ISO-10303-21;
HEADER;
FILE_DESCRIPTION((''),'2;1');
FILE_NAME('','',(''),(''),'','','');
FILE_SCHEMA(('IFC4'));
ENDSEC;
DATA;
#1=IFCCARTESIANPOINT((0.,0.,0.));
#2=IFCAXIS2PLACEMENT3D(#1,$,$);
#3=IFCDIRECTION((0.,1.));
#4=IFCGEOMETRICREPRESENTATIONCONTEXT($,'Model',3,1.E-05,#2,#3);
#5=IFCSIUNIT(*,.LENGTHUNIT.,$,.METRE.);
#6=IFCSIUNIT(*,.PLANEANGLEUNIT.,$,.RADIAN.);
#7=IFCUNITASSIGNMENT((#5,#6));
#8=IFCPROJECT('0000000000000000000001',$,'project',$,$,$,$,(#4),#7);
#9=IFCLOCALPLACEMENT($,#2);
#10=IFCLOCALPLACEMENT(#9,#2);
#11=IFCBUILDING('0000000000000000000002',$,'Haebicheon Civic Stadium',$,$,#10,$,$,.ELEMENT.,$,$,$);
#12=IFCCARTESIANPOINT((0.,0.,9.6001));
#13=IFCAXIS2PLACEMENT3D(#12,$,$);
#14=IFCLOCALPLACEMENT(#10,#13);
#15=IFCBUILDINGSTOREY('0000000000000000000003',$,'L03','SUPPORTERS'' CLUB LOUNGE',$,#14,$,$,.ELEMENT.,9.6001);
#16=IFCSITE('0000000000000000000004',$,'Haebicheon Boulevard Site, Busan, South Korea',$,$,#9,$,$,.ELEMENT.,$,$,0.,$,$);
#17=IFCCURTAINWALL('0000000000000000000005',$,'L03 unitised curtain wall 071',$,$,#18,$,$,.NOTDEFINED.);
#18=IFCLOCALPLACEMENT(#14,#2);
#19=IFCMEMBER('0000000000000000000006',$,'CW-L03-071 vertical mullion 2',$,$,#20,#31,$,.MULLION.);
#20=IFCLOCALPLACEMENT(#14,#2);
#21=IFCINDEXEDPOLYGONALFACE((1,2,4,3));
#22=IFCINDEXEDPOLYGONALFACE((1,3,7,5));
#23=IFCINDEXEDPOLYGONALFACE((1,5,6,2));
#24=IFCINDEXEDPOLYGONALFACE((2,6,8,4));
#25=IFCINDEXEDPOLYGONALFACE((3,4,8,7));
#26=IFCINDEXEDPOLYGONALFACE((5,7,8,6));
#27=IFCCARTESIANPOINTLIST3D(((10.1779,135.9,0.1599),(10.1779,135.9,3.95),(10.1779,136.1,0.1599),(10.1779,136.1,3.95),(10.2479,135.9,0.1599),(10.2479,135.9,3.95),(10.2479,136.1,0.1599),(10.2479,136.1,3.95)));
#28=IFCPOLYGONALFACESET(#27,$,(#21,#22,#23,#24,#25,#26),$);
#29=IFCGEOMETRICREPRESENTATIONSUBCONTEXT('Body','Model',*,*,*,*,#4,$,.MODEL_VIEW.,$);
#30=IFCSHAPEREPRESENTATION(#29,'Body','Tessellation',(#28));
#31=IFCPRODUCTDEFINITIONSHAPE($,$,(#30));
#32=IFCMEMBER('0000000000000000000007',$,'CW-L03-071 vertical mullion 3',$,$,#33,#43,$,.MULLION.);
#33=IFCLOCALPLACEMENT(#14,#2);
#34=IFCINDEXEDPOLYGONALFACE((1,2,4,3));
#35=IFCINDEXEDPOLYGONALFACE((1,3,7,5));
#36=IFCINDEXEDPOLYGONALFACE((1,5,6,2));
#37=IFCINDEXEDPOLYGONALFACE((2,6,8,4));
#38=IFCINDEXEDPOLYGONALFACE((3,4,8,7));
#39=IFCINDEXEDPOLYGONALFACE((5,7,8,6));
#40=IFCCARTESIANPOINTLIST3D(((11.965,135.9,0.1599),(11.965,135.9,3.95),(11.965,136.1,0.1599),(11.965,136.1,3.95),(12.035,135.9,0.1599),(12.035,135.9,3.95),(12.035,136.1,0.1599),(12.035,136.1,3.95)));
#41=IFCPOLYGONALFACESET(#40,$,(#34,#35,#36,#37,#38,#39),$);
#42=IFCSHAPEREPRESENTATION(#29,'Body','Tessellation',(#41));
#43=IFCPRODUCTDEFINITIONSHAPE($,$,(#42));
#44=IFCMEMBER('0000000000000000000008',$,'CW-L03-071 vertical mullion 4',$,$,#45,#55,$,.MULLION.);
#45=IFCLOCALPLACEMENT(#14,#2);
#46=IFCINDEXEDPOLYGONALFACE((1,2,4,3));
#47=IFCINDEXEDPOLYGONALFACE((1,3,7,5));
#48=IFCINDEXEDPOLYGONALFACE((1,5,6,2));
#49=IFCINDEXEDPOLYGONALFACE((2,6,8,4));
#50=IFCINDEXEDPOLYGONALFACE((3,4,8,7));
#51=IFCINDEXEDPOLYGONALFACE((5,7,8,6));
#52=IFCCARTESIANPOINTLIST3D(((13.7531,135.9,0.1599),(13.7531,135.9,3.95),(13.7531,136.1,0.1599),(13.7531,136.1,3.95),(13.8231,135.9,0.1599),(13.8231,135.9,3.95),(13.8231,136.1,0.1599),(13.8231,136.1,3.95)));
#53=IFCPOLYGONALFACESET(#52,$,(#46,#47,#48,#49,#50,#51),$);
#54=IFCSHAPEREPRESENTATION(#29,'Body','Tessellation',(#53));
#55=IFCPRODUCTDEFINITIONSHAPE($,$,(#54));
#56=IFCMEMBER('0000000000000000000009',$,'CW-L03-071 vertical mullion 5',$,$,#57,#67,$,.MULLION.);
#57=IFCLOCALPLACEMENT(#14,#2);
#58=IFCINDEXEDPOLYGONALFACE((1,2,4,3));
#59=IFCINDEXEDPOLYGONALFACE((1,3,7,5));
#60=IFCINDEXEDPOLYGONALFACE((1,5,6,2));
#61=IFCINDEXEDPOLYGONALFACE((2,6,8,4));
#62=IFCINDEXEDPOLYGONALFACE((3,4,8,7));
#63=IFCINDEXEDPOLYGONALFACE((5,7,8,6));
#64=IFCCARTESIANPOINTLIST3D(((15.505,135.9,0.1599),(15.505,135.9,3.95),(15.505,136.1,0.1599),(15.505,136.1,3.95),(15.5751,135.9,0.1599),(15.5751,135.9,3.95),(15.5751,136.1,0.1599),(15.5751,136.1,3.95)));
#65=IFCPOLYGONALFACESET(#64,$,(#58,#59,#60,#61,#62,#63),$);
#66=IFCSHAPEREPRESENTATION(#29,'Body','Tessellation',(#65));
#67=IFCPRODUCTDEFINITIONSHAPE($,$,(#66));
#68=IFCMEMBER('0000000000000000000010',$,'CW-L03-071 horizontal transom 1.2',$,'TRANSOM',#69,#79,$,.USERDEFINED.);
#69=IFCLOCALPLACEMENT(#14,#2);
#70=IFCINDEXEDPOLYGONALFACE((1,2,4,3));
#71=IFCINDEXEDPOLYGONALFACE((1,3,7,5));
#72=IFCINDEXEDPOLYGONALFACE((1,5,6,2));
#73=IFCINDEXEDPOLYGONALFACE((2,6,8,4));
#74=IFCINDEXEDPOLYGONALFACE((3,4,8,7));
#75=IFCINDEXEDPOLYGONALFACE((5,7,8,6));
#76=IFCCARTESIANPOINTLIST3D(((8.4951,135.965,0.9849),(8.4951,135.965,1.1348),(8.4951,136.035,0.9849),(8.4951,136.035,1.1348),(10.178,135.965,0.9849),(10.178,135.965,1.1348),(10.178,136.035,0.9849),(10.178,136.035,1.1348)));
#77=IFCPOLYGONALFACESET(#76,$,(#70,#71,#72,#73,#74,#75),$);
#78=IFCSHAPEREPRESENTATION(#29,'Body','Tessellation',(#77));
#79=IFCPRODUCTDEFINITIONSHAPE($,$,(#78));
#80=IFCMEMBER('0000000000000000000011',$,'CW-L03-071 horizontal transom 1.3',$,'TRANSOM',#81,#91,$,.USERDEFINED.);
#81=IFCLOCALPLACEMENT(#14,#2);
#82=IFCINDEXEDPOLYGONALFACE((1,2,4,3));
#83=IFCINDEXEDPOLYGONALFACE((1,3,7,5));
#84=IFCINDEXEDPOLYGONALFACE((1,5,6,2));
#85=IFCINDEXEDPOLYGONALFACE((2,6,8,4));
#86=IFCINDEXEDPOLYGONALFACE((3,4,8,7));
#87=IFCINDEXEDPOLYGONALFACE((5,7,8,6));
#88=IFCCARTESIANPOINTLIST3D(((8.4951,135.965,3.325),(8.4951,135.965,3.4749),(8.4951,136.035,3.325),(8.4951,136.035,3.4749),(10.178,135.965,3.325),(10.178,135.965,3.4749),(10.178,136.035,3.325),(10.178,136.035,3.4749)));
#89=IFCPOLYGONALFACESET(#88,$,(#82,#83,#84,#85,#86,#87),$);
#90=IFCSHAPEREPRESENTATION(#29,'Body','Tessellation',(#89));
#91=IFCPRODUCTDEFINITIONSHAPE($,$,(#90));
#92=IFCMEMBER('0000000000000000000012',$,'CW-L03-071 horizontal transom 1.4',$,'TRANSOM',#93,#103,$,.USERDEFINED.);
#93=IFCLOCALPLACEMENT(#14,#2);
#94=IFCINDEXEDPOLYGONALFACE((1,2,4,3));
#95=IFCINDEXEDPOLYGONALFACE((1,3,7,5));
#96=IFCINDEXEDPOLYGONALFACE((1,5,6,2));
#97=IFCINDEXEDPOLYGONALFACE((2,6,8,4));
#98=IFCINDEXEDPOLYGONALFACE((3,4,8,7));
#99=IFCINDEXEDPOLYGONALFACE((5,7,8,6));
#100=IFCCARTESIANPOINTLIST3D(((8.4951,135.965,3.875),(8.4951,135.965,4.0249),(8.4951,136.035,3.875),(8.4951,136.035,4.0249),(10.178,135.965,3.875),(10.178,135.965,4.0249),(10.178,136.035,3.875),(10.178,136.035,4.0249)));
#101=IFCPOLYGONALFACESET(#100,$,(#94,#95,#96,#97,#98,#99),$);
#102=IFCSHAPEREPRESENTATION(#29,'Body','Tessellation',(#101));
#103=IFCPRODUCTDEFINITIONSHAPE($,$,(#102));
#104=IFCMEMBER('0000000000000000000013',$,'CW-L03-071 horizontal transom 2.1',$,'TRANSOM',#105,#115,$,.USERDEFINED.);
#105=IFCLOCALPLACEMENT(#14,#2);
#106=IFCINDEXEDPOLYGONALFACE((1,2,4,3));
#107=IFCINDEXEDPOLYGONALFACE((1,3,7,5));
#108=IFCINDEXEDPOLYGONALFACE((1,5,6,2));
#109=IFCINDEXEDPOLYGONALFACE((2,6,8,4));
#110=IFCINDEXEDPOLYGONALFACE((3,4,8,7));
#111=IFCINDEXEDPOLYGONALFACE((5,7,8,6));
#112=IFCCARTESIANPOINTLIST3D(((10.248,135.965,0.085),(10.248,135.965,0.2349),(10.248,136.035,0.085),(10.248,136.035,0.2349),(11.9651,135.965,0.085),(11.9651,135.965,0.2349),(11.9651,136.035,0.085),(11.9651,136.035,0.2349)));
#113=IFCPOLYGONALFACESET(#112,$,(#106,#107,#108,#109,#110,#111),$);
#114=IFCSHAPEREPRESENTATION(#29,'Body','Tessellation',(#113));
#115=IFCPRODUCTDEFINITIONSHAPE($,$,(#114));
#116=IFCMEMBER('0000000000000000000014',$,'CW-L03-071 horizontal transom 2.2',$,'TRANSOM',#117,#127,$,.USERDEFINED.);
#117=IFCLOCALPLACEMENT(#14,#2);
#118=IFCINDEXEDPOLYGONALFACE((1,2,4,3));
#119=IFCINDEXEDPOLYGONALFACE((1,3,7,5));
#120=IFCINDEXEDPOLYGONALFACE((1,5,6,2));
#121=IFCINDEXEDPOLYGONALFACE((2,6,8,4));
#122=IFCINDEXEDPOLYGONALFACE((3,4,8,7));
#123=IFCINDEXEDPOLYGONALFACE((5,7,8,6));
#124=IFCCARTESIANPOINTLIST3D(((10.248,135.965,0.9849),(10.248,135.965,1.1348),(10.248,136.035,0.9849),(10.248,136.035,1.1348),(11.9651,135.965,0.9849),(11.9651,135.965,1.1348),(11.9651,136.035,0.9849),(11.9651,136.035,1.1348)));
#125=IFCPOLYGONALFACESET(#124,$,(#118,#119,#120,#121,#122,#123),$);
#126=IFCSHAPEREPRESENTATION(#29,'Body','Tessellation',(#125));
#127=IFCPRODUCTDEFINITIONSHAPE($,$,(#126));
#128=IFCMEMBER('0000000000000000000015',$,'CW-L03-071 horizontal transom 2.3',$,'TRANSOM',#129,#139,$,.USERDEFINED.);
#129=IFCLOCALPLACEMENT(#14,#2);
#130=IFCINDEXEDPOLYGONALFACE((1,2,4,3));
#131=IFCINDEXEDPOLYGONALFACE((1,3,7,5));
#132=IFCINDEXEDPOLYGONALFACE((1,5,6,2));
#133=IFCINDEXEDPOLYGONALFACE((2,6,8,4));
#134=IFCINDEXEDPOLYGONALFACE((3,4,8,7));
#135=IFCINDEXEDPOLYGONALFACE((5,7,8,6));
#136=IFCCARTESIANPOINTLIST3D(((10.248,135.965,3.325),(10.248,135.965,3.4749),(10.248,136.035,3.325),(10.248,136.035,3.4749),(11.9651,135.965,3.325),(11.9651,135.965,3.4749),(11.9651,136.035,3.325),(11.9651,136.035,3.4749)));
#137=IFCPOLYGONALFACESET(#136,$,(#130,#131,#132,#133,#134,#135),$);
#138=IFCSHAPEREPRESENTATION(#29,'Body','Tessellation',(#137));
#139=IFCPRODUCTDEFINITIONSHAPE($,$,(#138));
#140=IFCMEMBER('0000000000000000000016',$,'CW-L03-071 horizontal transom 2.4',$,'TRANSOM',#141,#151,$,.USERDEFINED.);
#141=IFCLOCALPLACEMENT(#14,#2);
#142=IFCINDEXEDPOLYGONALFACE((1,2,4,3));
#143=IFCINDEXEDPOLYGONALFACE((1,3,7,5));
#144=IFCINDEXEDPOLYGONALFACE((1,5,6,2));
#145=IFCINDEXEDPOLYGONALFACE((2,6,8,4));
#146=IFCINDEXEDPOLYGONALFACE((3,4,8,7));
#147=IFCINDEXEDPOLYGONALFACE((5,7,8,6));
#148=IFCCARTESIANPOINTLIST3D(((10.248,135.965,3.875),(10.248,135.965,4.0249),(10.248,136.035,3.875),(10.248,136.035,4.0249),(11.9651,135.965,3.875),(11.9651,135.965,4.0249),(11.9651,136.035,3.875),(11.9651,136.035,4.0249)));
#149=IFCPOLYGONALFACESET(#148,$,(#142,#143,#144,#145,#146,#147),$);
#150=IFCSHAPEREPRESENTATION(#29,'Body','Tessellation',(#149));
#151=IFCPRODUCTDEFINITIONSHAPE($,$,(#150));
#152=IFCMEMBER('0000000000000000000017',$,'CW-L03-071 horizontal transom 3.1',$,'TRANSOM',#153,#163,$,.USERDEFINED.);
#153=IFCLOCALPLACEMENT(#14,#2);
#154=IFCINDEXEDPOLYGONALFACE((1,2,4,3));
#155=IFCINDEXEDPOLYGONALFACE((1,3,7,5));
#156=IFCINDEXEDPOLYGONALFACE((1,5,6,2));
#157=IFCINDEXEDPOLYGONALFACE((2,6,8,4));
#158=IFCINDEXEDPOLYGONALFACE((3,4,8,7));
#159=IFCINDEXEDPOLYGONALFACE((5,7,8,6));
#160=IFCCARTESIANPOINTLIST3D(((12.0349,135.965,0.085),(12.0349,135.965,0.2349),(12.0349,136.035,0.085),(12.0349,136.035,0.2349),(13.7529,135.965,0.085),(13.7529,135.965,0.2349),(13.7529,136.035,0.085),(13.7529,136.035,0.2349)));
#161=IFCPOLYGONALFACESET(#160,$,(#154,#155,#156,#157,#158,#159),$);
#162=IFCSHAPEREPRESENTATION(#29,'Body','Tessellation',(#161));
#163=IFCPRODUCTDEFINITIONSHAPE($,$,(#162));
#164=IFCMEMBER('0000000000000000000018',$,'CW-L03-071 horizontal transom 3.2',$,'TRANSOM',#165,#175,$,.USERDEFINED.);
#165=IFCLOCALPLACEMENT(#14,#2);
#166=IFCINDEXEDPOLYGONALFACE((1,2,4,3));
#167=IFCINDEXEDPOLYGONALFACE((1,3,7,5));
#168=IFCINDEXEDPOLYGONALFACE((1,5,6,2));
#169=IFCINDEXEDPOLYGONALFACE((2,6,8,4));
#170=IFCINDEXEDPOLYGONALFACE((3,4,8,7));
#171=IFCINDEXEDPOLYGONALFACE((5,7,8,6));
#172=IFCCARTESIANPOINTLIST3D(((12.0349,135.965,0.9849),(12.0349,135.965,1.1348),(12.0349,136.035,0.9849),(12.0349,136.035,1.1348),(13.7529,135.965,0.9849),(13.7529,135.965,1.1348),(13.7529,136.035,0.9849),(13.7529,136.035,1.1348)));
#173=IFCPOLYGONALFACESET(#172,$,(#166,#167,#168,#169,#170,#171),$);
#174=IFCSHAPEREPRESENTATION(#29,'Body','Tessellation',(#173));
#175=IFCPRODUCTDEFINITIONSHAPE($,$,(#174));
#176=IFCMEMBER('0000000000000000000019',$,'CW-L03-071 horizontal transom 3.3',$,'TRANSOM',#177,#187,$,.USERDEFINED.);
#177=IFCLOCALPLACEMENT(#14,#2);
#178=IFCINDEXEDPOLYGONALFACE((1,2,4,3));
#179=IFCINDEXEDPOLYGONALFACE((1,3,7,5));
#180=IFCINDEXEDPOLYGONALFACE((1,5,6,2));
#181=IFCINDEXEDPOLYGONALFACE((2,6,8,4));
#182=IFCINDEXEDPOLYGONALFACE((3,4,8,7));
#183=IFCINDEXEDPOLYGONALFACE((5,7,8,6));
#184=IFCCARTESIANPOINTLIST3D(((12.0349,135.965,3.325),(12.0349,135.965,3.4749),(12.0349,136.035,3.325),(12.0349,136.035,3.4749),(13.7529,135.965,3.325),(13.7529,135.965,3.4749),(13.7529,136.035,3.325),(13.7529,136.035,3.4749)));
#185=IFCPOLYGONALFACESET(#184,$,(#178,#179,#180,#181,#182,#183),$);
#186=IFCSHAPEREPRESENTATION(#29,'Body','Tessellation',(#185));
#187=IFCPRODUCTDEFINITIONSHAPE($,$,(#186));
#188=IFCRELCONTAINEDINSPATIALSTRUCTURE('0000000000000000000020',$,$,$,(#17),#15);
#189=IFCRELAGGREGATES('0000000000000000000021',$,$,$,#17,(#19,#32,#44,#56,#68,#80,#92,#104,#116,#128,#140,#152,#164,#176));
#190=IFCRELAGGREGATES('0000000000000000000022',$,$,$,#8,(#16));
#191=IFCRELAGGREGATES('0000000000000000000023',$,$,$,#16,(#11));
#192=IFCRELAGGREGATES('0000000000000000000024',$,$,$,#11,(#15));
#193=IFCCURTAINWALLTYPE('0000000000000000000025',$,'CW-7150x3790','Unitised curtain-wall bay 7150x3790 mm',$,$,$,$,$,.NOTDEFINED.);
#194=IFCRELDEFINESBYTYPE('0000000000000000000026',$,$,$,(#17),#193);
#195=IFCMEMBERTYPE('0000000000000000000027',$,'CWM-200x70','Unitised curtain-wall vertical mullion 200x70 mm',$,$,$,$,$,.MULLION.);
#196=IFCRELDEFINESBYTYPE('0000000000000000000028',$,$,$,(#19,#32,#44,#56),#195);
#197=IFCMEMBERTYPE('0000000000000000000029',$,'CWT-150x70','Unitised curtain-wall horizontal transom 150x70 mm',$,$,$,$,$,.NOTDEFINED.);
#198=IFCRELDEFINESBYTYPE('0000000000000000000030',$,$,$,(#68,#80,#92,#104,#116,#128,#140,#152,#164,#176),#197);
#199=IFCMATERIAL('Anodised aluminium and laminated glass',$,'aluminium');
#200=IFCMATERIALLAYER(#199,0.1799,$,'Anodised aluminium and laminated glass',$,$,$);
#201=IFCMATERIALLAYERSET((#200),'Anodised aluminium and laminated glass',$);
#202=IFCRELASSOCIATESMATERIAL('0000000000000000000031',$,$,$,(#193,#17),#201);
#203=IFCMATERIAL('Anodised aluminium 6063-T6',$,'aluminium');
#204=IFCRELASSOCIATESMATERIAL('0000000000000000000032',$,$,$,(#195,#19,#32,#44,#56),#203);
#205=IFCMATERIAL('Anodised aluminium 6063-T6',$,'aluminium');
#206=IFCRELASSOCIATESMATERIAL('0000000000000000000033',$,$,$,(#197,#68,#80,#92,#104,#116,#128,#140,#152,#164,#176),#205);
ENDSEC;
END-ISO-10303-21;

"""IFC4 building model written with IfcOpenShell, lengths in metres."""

from ifc_helpers import new_model, si_unit, direction, frame, origin, origin_2d, place, context, subcontext, project, spatial, rectangle, extrude, material, layer, layer_set, material_profile, profile_set, type_object, element, aggregate, save


model = new_model("IFC4")

# Units and contexts
model_context = context("Model", 3, precision=1e-05, world=origin(), true_north=direction((0.0, 1.0)))
body_context = subcontext(model_context, "Body", "Model", "MODEL_VIEW")
ifc_project = project(units=[si_unit("LENGTHUNIT", "METRE"), si_unit("PLANEANGLEUNIT", "RADIAN")], contexts=[model_context])

# Site, building, storey
site_placement = place(None, origin())
site = spatial("IfcSite", under=ifc_project, at=site_placement, Name="Haebicheon Boulevard Site, Busan, South Korea", CompositionType="ELEMENT", RefElevation=0.0)
building_placement = place(site_placement, origin())
building = spatial("IfcBuilding", under=site, at=building_placement, Name="Haebicheon Civic Stadium", CompositionType="ELEMENT")
storey_placement = place(building_placement, frame((0.0, 0.0, 9.6001)))
storey = spatial("IfcBuildingStorey", under=building, at=storey_placement, Name="L03", Description="SUPPORTERS' CLUB LOUNGE", CompositionType="ELEMENT", Elevation=9.6001)

# Curtain wall, members
ifc_material_1 = material(Name="Anodised aluminium and laminated glass", Category="aluminium")
ifc_layer_1 = layer(ifc_material_1, 0.1799, Name="Anodised aluminium and laminated glass")
ifc_layer_set_1 = layer_set([ifc_layer_1], Name="Anodised aluminium and laminated glass")
curtain_wall_type = type_object("IfcCurtainWallType", Name="CW-7150x3790", Description="Unitised curtain-wall bay 7150x3790 mm", PredefinedType="NOTDEFINED", material=ifc_layer_set_1)
curtain_wall_placement = place(storey_placement, origin())
curtain_wall = element("IfcCurtainWall", 1, at=curtain_wall_placement, inside=storey, type_object=curtain_wall_type, material=ifc_layer_set_1, Name="L03 unitised curtain wall 071", PredefinedType="NOTDEFINED")
ifc_material_2 = material(Name="Anodised aluminium 6063-T6", Category="aluminium")
ifc_material_profile_1 = material_profile(ifc_material_2, rectangle(XDim=0.0701, YDim=0.2, at=origin_2d()), Name="ALU-MULL-70x200")
ifc_profile_set_1 = profile_set([ifc_material_profile_1], Name="Anodised aluminium 6063-T6")
member_type_1 = type_object("IfcMemberType", Name="CWM-200x70", Description="Unitised curtain-wall vertical mullion 200x70 mm", PredefinedType="MULLION", material=ifc_profile_set_1)
member_1_placement = place(storey_placement, frame((10.2129, 136.0, 0.1599), z_axis=(0.0, 0.0, 1.0), x_axis=(1.0, 0.0, 0.0)))
member_1 = element("IfcMember", 2, at=member_1_placement, type_object=member_type_1, material=ifc_profile_set_1, Name="CW-L03-071 vertical mullion 2", PredefinedType="MULLION", context=body_context, shape_type="SweptSolid", body=[
    extrude(rectangle(XDim=0.0701, YDim=0.2, at=origin_2d()), origin(), (0.0, 0.0, 1.0), 3.79),
])
member_2_placement = place(storey_placement, frame((12.0, 136.0, 0.1599), z_axis=(0.0, 0.0, 1.0), x_axis=(1.0, 0.0, 0.0)))
member_2 = element("IfcMember", 3, at=member_2_placement, type_object=member_type_1, material=ifc_profile_set_1, Name="CW-L03-071 vertical mullion 3", PredefinedType="MULLION", context=body_context, shape_type="SweptSolid", body=[
    extrude(rectangle(XDim=0.0701, YDim=0.2, at=origin_2d()), origin(), (0.0, 0.0, 1.0), 3.79),
])
member_3_placement = place(storey_placement, frame((13.7881, 136.0, 0.1599), z_axis=(0.0, 0.0, 1.0), x_axis=(1.0, 0.0, 0.0)))
member_3 = element("IfcMember", 4, at=member_3_placement, type_object=member_type_1, material=ifc_profile_set_1, Name="CW-L03-071 vertical mullion 4", PredefinedType="MULLION", context=body_context, shape_type="SweptSolid", body=[
    extrude(rectangle(XDim=0.0701, YDim=0.2, at=origin_2d()), origin(), (0.0, 0.0, 1.0), 3.79),
])
member_4_placement = place(storey_placement, frame((15.54, 136.0, 0.1599), z_axis=(0.0, 0.0, 1.0), x_axis=(1.0, 0.0, 0.0)))
member_4 = element("IfcMember", 5, at=member_4_placement, type_object=member_type_1, material=ifc_profile_set_1, Name="CW-L03-071 vertical mullion 5", PredefinedType="MULLION", context=body_context, shape_type="SweptSolid", body=[
    extrude(rectangle(XDim=0.0701, YDim=0.2, at=origin_2d()), origin(), (0.0, 0.0, 1.0), 3.79),
])
ifc_material_3 = material(Name="Anodised aluminium 6063-T6", Category="aluminium")
ifc_material_profile_2 = material_profile(ifc_material_3, rectangle(XDim=0.0701, YDim=0.1499, at=origin_2d()), Name="ALU-TRAN-70x150")
ifc_profile_set_2 = profile_set([ifc_material_profile_2], Name="Anodised aluminium 6063-T6")
member_type_2 = type_object("IfcMemberType", Name="CWT-150x70", Description="Unitised curtain-wall horizontal transom 150x70 mm", PredefinedType="NOTDEFINED", material=ifc_profile_set_2)
member_5_placement = place(storey_placement, frame((8.4951, 136.0, 1.0598), z_axis=(1.0, 0.0, 0.0), x_axis=(0.0, 1.0, 0.0)))
member_5 = element("IfcMember", 6, at=member_5_placement, type_object=member_type_2, material=ifc_profile_set_2, Name="CW-L03-071 horizontal transom 1.2", ObjectType="TRANSOM", PredefinedType="USERDEFINED", context=body_context, shape_type="SweptSolid", body=[
    extrude(rectangle(XDim=0.0701, YDim=0.1499, at=origin_2d()), origin(), (0.0, 0.0, 1.0), 1.6829),
])
member_6_placement = place(storey_placement, frame((8.4951, 136.0, 3.3999), z_axis=(1.0, 0.0, 0.0), x_axis=(0.0, 1.0, 0.0)))
member_6 = element("IfcMember", 7, at=member_6_placement, type_object=member_type_2, material=ifc_profile_set_2, Name="CW-L03-071 horizontal transom 1.3", ObjectType="TRANSOM", PredefinedType="USERDEFINED", context=body_context, shape_type="SweptSolid", body=[
    extrude(rectangle(XDim=0.0701, YDim=0.1499, at=origin_2d()), origin(), (0.0, 0.0, 1.0), 1.6829),
])
member_7_placement = place(storey_placement, frame((8.4951, 136.0, 3.95), z_axis=(1.0, 0.0, 0.0), x_axis=(0.0, 1.0, 0.0)))
member_7 = element("IfcMember", 8, at=member_7_placement, type_object=member_type_2, material=ifc_profile_set_2, Name="CW-L03-071 horizontal transom 1.4", ObjectType="TRANSOM", PredefinedType="USERDEFINED", context=body_context, shape_type="SweptSolid", body=[
    extrude(rectangle(XDim=0.0701, YDim=0.1499, at=origin_2d()), origin(), (0.0, 0.0, 1.0), 1.6829),
])
member_8_placement = place(storey_placement, frame((10.248, 136.0, 0.1599), z_axis=(1.0, 0.0, 0.0), x_axis=(0.0, 1.0, 0.0)))
member_8 = element("IfcMember", 9, at=member_8_placement, type_object=member_type_2, material=ifc_profile_set_2, Name="CW-L03-071 horizontal transom 2.1", ObjectType="TRANSOM", PredefinedType="USERDEFINED", context=body_context, shape_type="SweptSolid", body=[
    extrude(rectangle(XDim=0.0701, YDim=0.1499, at=origin_2d()), origin(), (0.0, 0.0, 1.0), 1.717),
])
member_9_placement = place(storey_placement, frame((10.248, 136.0, 1.0598), z_axis=(1.0, 0.0, 0.0), x_axis=(0.0, 1.0, 0.0)))
member_9 = element("IfcMember", 10, at=member_9_placement, type_object=member_type_2, material=ifc_profile_set_2, Name="CW-L03-071 horizontal transom 2.2", ObjectType="TRANSOM", PredefinedType="USERDEFINED", context=body_context, shape_type="SweptSolid", body=[
    extrude(rectangle(XDim=0.0701, YDim=0.1499, at=origin_2d()), origin(), (0.0, 0.0, 1.0), 1.717),
])
member_10_placement = place(storey_placement, frame((10.248, 136.0, 3.3999), z_axis=(1.0, 0.0, 0.0), x_axis=(0.0, 1.0, 0.0)))
member_10 = element("IfcMember", 11, at=member_10_placement, type_object=member_type_2, material=ifc_profile_set_2, Name="CW-L03-071 horizontal transom 2.3", ObjectType="TRANSOM", PredefinedType="USERDEFINED", context=body_context, shape_type="SweptSolid", body=[
    extrude(rectangle(XDim=0.0701, YDim=0.1499, at=origin_2d()), origin(), (0.0, 0.0, 1.0), 1.717),
])
member_11_placement = place(storey_placement, frame((10.248, 136.0, 3.95), z_axis=(1.0, 0.0, 0.0), x_axis=(0.0, 1.0, 0.0)))
member_11 = element("IfcMember", 12, at=member_11_placement, type_object=member_type_2, material=ifc_profile_set_2, Name="CW-L03-071 horizontal transom 2.4", ObjectType="TRANSOM", PredefinedType="USERDEFINED", context=body_context, shape_type="SweptSolid", body=[
    extrude(rectangle(XDim=0.0701, YDim=0.1499, at=origin_2d()), origin(), (0.0, 0.0, 1.0), 1.717),
])
member_12_placement = place(storey_placement, frame((12.0349, 136.0, 0.1599), z_axis=(1.0, 0.0, 0.0), x_axis=(0.0, 1.0, 0.0)))
member_12 = element("IfcMember", 13, at=member_12_placement, type_object=member_type_2, material=ifc_profile_set_2, Name="CW-L03-071 horizontal transom 3.1", ObjectType="TRANSOM", PredefinedType="USERDEFINED", context=body_context, shape_type="SweptSolid", body=[
    extrude(rectangle(XDim=0.0701, YDim=0.1499, at=origin_2d()), origin(), (0.0, 0.0, 1.0), 1.718),
])
member_13_placement = place(storey_placement, frame((12.0349, 136.0, 1.0598), z_axis=(1.0, 0.0, 0.0), x_axis=(0.0, 1.0, 0.0)))
member_13 = element("IfcMember", 14, at=member_13_placement, type_object=member_type_2, material=ifc_profile_set_2, Name="CW-L03-071 horizontal transom 3.2", ObjectType="TRANSOM", PredefinedType="USERDEFINED", context=body_context, shape_type="SweptSolid", body=[
    extrude(rectangle(XDim=0.0701, YDim=0.1499, at=origin_2d()), origin(), (0.0, 0.0, 1.0), 1.718),
])
member_14_placement = place(storey_placement, frame((12.0349, 136.0, 3.3999), z_axis=(1.0, 0.0, 0.0), x_axis=(0.0, 1.0, 0.0)))
member_14 = element("IfcMember", 15, at=member_14_placement, type_object=member_type_2, material=ifc_profile_set_2, Name="CW-L03-071 horizontal transom 3.3", ObjectType="TRANSOM", PredefinedType="USERDEFINED", context=body_context, shape_type="SweptSolid", body=[
    extrude(rectangle(XDim=0.0701, YDim=0.1499, at=origin_2d()), origin(), (0.0, 0.0, 1.0), 1.718),
])
aggregate(curtain_wall, [member_1, member_2, member_3, member_4, member_5, member_6, member_7, member_8, member_9, member_10, member_11, member_12, member_13, member_14])

save(model, "model.ifc")
